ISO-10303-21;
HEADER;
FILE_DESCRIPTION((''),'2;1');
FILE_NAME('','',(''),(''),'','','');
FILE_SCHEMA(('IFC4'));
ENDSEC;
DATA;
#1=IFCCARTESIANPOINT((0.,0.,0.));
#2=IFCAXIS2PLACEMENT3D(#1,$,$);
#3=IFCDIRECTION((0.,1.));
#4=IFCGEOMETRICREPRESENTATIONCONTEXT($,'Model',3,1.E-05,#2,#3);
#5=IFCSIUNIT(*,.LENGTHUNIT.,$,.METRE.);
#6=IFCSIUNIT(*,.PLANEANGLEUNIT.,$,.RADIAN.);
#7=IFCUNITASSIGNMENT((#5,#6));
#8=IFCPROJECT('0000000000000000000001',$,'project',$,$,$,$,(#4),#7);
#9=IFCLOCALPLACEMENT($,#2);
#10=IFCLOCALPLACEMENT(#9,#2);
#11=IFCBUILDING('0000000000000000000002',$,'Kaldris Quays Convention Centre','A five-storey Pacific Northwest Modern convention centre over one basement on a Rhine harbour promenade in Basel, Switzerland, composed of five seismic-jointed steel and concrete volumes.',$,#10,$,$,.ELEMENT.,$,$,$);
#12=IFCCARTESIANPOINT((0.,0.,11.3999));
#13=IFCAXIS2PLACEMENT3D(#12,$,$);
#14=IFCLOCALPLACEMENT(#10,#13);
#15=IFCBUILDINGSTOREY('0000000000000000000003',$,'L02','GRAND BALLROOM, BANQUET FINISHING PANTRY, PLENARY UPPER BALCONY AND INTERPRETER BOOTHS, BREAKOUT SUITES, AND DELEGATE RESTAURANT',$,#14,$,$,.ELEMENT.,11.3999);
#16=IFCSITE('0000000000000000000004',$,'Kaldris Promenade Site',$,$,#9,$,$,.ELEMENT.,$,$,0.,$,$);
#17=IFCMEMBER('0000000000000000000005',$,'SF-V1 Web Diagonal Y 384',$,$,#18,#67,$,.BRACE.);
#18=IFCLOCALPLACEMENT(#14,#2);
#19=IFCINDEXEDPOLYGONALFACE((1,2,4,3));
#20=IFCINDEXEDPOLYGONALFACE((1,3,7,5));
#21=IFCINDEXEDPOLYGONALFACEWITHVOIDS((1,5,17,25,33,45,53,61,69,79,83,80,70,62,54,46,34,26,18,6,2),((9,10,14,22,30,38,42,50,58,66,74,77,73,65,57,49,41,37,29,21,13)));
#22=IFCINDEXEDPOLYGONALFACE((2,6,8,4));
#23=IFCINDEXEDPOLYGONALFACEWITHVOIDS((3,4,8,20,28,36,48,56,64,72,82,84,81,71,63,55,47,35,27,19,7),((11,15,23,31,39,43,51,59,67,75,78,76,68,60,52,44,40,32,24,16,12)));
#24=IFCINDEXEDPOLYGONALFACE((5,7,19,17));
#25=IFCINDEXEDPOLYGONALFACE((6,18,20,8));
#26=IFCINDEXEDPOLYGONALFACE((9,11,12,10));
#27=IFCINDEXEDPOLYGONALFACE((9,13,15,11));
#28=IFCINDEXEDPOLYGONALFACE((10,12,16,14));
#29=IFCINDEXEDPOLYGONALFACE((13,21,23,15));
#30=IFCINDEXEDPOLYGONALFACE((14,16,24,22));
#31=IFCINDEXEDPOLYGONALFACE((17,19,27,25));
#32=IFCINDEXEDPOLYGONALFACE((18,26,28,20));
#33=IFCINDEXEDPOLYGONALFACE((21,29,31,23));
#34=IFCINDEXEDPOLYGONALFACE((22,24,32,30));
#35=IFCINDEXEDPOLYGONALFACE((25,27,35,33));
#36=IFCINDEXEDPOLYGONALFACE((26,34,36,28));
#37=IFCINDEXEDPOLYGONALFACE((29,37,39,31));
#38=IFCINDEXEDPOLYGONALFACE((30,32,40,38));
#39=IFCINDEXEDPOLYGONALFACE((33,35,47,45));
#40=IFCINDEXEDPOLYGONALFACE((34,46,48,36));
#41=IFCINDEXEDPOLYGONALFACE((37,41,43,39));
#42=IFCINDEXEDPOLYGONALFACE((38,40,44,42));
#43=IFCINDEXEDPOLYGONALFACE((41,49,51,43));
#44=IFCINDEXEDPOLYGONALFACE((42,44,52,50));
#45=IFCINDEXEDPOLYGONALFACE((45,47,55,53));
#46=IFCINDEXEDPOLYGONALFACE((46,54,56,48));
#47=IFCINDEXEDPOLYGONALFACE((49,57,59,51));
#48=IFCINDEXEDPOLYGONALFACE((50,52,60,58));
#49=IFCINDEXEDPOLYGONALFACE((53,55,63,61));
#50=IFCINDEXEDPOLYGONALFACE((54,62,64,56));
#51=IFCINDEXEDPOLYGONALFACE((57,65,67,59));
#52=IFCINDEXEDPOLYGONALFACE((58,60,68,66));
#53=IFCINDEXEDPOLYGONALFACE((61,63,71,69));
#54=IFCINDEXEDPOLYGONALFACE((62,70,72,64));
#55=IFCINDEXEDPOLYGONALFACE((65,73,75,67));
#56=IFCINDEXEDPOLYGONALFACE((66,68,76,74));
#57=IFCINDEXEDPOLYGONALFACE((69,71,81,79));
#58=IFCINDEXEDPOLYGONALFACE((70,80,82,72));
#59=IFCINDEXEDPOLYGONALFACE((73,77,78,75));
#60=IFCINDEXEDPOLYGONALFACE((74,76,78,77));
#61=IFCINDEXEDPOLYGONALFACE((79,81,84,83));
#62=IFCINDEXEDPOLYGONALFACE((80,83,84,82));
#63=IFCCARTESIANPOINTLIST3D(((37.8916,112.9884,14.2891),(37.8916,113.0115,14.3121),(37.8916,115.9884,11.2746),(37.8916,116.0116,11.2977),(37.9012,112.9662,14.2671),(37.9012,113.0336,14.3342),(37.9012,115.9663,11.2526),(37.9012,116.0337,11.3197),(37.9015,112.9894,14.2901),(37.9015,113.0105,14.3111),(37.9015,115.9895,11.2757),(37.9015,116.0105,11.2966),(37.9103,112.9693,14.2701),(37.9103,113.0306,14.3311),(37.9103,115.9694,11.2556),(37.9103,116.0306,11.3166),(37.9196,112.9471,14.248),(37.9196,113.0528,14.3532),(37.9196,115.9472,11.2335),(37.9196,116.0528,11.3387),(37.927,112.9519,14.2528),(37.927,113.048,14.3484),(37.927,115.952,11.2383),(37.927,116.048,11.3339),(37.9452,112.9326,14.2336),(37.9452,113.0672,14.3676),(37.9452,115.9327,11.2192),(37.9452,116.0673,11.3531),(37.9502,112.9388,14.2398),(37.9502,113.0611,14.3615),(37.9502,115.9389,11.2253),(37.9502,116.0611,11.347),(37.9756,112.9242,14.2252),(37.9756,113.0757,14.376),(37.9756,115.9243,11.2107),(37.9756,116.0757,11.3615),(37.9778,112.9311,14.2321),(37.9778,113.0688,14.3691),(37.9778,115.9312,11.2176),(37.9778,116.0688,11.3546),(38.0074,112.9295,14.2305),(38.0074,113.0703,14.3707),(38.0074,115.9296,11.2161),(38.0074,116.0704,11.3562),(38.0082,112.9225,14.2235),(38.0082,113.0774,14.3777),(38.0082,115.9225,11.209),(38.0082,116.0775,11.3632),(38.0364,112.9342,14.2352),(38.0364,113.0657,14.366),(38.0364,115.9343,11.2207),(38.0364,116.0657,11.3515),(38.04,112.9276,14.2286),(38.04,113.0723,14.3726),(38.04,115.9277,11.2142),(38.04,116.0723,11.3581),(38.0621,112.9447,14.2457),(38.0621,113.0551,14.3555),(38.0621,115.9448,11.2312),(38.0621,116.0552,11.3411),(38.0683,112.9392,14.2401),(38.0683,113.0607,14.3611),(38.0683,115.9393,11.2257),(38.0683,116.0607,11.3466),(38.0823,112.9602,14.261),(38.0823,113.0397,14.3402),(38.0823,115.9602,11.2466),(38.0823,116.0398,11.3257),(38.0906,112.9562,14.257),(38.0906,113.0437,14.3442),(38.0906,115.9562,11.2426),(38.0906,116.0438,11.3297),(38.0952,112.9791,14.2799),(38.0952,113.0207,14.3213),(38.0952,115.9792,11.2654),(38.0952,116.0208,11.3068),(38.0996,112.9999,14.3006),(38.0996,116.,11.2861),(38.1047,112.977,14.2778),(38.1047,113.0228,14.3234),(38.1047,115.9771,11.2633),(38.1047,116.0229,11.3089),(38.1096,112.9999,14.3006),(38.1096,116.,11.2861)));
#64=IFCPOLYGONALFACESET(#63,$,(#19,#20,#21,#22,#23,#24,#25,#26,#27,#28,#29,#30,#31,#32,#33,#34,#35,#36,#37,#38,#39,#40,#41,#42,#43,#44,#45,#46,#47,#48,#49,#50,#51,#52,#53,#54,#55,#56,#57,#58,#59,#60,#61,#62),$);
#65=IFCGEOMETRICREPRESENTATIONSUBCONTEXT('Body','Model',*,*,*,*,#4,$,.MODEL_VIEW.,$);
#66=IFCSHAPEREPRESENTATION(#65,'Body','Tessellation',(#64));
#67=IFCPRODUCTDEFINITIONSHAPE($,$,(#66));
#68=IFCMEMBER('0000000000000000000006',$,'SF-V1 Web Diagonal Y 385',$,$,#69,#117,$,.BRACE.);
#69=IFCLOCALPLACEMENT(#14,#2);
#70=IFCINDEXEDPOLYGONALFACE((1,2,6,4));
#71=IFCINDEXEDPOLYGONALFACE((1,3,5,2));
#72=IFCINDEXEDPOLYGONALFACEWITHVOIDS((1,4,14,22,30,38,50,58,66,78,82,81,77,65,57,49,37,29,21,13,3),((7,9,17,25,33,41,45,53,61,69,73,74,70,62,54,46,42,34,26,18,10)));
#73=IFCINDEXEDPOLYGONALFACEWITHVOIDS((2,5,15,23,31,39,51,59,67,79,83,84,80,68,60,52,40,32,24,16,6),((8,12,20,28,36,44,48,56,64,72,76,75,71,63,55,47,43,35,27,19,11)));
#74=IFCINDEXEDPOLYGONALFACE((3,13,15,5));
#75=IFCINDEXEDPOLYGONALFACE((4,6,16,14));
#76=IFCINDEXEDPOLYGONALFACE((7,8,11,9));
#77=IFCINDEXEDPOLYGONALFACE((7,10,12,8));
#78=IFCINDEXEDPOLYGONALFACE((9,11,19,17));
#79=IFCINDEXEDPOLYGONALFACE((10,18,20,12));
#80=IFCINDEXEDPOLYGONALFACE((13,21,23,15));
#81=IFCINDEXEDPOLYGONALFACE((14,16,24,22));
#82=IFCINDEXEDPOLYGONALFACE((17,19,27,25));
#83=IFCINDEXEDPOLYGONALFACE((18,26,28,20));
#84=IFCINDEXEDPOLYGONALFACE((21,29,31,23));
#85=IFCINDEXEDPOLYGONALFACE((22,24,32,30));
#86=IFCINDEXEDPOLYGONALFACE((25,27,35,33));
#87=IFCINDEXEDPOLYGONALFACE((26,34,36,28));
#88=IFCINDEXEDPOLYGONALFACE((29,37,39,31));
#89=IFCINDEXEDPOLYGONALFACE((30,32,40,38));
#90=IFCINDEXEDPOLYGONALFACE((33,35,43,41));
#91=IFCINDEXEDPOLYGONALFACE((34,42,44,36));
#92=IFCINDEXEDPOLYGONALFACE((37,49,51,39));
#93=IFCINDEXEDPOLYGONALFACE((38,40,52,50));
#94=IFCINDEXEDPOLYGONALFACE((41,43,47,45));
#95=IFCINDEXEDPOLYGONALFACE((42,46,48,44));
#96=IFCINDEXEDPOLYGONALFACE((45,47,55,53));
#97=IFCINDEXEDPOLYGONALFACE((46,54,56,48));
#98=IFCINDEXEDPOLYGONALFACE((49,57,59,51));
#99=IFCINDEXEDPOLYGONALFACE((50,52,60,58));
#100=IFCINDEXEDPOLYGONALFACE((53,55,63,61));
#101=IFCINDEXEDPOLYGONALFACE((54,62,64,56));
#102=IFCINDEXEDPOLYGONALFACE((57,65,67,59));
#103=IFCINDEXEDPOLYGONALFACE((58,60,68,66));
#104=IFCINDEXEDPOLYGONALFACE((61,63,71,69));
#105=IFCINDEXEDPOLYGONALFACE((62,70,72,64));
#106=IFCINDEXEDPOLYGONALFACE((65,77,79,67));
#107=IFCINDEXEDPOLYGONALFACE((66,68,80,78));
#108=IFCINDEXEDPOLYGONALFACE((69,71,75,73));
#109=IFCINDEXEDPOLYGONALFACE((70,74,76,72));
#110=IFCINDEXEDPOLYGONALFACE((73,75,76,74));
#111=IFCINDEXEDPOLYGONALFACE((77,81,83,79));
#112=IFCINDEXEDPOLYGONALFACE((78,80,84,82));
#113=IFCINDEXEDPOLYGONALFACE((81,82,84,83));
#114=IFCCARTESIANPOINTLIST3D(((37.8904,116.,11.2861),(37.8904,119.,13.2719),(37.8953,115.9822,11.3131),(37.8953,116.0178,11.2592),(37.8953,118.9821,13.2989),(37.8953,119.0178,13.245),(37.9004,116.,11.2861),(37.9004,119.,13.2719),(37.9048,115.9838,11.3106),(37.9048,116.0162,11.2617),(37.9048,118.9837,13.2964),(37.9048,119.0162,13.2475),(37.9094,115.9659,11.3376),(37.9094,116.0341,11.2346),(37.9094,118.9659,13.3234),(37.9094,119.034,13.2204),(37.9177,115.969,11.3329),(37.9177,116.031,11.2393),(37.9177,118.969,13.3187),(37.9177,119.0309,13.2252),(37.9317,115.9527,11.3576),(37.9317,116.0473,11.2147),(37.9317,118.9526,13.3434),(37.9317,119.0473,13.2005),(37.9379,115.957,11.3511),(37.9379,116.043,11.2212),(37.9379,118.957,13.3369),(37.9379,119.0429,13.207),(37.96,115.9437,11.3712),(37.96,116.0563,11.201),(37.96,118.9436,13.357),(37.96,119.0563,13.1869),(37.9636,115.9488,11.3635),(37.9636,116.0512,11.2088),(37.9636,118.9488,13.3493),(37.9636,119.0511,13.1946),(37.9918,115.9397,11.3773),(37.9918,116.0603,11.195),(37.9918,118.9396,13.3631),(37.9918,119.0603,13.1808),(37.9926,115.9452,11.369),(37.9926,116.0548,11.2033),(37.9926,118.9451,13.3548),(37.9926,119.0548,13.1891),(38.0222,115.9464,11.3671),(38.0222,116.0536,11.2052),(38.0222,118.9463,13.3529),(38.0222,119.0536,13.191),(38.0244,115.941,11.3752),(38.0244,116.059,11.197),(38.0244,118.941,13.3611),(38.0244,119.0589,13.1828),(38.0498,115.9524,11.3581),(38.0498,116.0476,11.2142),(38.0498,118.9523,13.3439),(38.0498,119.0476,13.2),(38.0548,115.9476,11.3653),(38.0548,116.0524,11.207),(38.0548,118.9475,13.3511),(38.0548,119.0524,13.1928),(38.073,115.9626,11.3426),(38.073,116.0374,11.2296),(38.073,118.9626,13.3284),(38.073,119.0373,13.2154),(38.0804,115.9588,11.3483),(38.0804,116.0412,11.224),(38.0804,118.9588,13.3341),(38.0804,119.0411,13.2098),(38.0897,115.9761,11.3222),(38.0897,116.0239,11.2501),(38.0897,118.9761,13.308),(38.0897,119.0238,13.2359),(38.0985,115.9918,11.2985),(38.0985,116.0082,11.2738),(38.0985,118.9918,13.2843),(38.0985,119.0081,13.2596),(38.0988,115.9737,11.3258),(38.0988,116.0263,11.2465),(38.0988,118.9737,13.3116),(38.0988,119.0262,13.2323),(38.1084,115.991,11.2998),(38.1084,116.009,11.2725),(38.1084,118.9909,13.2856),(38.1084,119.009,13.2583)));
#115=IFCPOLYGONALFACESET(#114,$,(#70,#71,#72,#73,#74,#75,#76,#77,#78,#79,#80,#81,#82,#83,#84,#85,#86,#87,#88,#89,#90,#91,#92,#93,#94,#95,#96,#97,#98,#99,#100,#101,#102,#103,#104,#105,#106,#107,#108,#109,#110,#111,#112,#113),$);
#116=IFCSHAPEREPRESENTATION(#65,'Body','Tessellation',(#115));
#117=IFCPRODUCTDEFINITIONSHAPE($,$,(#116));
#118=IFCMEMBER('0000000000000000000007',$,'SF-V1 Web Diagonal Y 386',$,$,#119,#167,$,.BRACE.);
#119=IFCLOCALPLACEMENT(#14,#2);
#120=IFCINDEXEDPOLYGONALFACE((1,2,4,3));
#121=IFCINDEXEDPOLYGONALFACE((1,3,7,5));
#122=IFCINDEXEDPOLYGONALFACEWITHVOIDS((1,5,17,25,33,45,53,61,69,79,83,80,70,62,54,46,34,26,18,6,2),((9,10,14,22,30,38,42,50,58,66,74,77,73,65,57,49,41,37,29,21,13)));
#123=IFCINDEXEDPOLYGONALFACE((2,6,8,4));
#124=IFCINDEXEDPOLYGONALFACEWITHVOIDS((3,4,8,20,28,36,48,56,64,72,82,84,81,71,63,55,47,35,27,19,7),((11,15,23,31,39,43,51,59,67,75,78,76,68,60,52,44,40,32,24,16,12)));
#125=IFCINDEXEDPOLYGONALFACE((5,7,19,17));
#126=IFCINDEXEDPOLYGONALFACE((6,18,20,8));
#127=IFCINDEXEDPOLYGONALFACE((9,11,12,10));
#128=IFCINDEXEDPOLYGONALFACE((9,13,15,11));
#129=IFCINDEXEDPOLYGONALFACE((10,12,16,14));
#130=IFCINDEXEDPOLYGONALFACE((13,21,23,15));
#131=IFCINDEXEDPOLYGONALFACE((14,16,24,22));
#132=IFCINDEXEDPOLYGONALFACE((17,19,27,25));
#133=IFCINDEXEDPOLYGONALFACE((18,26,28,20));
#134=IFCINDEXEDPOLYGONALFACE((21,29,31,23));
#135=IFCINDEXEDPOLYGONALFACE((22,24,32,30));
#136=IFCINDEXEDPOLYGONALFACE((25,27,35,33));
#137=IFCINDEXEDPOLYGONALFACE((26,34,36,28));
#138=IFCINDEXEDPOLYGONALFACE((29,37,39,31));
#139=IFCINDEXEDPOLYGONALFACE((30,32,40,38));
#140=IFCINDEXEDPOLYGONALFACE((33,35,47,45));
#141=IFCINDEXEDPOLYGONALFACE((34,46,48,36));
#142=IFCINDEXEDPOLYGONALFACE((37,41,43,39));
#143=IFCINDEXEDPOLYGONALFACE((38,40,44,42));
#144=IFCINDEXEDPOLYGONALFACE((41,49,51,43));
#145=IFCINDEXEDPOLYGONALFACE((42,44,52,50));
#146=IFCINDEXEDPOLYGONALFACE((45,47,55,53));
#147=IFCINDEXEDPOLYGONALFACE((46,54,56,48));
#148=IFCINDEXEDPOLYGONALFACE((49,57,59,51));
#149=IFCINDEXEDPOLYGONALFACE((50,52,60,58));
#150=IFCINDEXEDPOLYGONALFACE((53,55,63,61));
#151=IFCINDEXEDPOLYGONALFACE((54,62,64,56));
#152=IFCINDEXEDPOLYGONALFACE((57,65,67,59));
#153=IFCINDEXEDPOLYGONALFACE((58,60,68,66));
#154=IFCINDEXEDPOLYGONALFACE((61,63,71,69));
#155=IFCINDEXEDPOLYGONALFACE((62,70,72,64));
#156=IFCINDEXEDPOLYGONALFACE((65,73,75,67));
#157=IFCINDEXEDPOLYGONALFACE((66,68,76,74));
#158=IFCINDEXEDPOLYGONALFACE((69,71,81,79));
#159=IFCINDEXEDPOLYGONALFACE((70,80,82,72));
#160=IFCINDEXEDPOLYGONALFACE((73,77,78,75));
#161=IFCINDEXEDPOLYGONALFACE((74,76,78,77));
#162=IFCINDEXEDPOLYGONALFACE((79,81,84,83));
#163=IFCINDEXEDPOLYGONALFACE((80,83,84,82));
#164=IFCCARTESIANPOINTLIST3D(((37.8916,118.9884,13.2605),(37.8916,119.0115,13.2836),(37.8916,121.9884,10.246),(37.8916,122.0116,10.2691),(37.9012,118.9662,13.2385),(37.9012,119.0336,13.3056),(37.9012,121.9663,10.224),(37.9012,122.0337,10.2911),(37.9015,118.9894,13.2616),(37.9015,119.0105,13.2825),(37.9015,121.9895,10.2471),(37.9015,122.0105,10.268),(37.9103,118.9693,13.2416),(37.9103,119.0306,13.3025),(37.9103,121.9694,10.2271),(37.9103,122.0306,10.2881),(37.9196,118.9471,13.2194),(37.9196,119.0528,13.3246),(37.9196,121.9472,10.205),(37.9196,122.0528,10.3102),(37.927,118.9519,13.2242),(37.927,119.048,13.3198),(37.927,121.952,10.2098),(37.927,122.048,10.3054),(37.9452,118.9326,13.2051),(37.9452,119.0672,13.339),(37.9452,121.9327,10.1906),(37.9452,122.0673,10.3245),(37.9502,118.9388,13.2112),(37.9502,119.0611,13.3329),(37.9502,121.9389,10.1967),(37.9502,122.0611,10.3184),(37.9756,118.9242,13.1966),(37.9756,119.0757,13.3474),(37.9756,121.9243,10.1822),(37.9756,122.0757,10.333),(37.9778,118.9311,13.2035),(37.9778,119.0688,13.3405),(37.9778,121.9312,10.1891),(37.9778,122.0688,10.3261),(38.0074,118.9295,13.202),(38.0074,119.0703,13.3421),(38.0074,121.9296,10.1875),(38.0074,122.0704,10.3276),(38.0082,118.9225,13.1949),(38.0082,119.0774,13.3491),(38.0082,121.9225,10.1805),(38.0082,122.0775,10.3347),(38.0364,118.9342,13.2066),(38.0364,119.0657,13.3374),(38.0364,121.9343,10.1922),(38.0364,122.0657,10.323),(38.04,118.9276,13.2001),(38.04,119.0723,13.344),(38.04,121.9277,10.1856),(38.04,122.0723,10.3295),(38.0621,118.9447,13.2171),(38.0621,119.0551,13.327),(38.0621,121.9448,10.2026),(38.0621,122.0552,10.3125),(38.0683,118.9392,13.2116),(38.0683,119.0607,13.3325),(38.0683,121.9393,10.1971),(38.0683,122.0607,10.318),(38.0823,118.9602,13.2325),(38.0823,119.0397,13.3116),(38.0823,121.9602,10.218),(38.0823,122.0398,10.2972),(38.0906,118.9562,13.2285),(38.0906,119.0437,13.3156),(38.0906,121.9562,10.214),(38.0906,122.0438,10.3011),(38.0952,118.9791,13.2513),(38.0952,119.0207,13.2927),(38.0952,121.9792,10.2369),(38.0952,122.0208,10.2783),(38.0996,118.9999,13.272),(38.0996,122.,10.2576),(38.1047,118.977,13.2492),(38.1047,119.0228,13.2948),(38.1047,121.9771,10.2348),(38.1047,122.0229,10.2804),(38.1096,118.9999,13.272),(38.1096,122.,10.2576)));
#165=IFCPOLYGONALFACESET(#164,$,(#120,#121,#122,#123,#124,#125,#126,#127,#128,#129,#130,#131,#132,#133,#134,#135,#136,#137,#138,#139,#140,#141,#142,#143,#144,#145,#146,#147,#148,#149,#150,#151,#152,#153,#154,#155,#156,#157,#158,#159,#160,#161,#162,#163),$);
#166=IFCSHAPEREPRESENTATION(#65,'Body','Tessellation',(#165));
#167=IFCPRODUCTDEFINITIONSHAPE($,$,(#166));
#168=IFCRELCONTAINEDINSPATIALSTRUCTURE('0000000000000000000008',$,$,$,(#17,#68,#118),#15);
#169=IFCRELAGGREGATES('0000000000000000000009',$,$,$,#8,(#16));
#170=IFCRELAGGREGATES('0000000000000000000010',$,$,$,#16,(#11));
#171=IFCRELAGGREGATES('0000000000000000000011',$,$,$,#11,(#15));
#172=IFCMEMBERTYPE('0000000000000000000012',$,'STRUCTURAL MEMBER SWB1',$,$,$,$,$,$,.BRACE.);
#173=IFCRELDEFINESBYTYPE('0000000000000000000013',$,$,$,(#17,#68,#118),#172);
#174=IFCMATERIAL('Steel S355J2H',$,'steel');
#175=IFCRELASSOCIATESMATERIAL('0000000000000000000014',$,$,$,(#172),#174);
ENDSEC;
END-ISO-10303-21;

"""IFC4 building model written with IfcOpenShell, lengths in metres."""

from ifc_helpers import new_model, si_unit, direction, frame, origin, origin_2d, place, context, subcontext, project, spatial, hollow_circle, extrude, material, material_profile, profile_set, type_object, element, save


model = new_model("IFC4")

# Units and contexts
model_context = context("Model", 3, precision=1e-05, world=origin(), true_north=direction((0.0, 1.0)))
body_context = subcontext(model_context, "Body", "Model", "MODEL_VIEW")
ifc_project = project(units=[si_unit("LENGTHUNIT", "METRE"), si_unit("PLANEANGLEUNIT", "RADIAN")], contexts=[model_context])

# Site, building, storey
site_placement = place(None, origin())
site = spatial("IfcSite", under=ifc_project, at=site_placement, Name="Kaldris Promenade Site", CompositionType="ELEMENT", RefElevation=0.0)
building_placement = place(site_placement, origin())
building = spatial("IfcBuilding", under=site, at=building_placement, Name="Kaldris Quays Convention Centre", Description="A five-storey Pacific Northwest Modern convention centre over one basement on a Rhine harbour promenade in Basel, Switzerland, composed of five seismic-jointed steel and concrete volumes.", CompositionType="ELEMENT")
storey_placement = place(building_placement, frame((0.0, 0.0, 11.3999)))
storey = spatial("IfcBuildingStorey", under=building, at=storey_placement, Name="L02", Description="GRAND BALLROOM, BANQUET FINISHING PANTRY, PLENARY UPPER BALCONY AND INTERPRETER BOOTHS, BREAKOUT SUITES, AND DELEGATE RESTAURANT", CompositionType="ELEMENT", Elevation=11.3999)

# Members
ifc_material = material(Name="Steel S355J2H", Category="steel")
ifc_material_profile_1 = material_profile(ifc_material, hollow_circle(Radius=0.1096, WallThickness=0.01, at=origin_2d()), Name="CHS 219.1x10")
ifc_profile_set_1 = profile_set([ifc_material_profile_1], Name="Steel S355J2H")
member_type_1 = type_object("IfcMemberType", Name="STRUCTURAL MEMBER SWB1", PredefinedType="BRACE", material=ifc_profile_set_1)
member_1_placement = place(storey_placement, frame((38.0, 116.0, 11.2861), z_axis=(0.0, -0.705411, 0.708798), x_axis=(1.0, 0.0, 0.0)))
element("IfcMember", 1, at=member_1_placement, inside=storey, type_object=member_type_1, Name="SF-V1 Web Diagonal Y 384", PredefinedType="BRACE", context=body_context, shape_type="SweptSolid", body=[
    extrude(hollow_circle(Radius=0.1096, WallThickness=0.01, at=origin_2d()), origin(), (0.0, 0.0, 1.0), 4.2529),
])
member_2_placement = place(storey_placement, frame((38.0, 116.0, 11.2861), z_axis=(0.0, 0.833862, 0.551972), x_axis=(-1.0, 0.0, 0.0)))
element("IfcMember", 2, at=member_2_placement, inside=storey, type_object=member_type_1, Name="SF-V1 Web Diagonal Y 385", PredefinedType="BRACE", context=body_context, shape_type="SweptSolid", body=[
    extrude(hollow_circle(Radius=0.1096, WallThickness=0.01, at=origin_2d()), origin(), (0.0, 0.0, 1.0), 3.5977),
])
member_3_placement = place(storey_placement, frame((38.0, 122.0, 10.2576), z_axis=(0.0, -0.705411, 0.708798), x_axis=(1.0, 0.0, 0.0)))
element("IfcMember", 3, at=member_3_placement, inside=storey, type_object=member_type_1, Name="SF-V1 Web Diagonal Y 386", PredefinedType="BRACE", context=body_context, shape_type="SweptSolid", body=[
    extrude(hollow_circle(Radius=0.1096, WallThickness=0.01, at=origin_2d()), origin(), (0.0, 0.0, 1.0), 4.2529),
])

save(model, "model.ifc")
